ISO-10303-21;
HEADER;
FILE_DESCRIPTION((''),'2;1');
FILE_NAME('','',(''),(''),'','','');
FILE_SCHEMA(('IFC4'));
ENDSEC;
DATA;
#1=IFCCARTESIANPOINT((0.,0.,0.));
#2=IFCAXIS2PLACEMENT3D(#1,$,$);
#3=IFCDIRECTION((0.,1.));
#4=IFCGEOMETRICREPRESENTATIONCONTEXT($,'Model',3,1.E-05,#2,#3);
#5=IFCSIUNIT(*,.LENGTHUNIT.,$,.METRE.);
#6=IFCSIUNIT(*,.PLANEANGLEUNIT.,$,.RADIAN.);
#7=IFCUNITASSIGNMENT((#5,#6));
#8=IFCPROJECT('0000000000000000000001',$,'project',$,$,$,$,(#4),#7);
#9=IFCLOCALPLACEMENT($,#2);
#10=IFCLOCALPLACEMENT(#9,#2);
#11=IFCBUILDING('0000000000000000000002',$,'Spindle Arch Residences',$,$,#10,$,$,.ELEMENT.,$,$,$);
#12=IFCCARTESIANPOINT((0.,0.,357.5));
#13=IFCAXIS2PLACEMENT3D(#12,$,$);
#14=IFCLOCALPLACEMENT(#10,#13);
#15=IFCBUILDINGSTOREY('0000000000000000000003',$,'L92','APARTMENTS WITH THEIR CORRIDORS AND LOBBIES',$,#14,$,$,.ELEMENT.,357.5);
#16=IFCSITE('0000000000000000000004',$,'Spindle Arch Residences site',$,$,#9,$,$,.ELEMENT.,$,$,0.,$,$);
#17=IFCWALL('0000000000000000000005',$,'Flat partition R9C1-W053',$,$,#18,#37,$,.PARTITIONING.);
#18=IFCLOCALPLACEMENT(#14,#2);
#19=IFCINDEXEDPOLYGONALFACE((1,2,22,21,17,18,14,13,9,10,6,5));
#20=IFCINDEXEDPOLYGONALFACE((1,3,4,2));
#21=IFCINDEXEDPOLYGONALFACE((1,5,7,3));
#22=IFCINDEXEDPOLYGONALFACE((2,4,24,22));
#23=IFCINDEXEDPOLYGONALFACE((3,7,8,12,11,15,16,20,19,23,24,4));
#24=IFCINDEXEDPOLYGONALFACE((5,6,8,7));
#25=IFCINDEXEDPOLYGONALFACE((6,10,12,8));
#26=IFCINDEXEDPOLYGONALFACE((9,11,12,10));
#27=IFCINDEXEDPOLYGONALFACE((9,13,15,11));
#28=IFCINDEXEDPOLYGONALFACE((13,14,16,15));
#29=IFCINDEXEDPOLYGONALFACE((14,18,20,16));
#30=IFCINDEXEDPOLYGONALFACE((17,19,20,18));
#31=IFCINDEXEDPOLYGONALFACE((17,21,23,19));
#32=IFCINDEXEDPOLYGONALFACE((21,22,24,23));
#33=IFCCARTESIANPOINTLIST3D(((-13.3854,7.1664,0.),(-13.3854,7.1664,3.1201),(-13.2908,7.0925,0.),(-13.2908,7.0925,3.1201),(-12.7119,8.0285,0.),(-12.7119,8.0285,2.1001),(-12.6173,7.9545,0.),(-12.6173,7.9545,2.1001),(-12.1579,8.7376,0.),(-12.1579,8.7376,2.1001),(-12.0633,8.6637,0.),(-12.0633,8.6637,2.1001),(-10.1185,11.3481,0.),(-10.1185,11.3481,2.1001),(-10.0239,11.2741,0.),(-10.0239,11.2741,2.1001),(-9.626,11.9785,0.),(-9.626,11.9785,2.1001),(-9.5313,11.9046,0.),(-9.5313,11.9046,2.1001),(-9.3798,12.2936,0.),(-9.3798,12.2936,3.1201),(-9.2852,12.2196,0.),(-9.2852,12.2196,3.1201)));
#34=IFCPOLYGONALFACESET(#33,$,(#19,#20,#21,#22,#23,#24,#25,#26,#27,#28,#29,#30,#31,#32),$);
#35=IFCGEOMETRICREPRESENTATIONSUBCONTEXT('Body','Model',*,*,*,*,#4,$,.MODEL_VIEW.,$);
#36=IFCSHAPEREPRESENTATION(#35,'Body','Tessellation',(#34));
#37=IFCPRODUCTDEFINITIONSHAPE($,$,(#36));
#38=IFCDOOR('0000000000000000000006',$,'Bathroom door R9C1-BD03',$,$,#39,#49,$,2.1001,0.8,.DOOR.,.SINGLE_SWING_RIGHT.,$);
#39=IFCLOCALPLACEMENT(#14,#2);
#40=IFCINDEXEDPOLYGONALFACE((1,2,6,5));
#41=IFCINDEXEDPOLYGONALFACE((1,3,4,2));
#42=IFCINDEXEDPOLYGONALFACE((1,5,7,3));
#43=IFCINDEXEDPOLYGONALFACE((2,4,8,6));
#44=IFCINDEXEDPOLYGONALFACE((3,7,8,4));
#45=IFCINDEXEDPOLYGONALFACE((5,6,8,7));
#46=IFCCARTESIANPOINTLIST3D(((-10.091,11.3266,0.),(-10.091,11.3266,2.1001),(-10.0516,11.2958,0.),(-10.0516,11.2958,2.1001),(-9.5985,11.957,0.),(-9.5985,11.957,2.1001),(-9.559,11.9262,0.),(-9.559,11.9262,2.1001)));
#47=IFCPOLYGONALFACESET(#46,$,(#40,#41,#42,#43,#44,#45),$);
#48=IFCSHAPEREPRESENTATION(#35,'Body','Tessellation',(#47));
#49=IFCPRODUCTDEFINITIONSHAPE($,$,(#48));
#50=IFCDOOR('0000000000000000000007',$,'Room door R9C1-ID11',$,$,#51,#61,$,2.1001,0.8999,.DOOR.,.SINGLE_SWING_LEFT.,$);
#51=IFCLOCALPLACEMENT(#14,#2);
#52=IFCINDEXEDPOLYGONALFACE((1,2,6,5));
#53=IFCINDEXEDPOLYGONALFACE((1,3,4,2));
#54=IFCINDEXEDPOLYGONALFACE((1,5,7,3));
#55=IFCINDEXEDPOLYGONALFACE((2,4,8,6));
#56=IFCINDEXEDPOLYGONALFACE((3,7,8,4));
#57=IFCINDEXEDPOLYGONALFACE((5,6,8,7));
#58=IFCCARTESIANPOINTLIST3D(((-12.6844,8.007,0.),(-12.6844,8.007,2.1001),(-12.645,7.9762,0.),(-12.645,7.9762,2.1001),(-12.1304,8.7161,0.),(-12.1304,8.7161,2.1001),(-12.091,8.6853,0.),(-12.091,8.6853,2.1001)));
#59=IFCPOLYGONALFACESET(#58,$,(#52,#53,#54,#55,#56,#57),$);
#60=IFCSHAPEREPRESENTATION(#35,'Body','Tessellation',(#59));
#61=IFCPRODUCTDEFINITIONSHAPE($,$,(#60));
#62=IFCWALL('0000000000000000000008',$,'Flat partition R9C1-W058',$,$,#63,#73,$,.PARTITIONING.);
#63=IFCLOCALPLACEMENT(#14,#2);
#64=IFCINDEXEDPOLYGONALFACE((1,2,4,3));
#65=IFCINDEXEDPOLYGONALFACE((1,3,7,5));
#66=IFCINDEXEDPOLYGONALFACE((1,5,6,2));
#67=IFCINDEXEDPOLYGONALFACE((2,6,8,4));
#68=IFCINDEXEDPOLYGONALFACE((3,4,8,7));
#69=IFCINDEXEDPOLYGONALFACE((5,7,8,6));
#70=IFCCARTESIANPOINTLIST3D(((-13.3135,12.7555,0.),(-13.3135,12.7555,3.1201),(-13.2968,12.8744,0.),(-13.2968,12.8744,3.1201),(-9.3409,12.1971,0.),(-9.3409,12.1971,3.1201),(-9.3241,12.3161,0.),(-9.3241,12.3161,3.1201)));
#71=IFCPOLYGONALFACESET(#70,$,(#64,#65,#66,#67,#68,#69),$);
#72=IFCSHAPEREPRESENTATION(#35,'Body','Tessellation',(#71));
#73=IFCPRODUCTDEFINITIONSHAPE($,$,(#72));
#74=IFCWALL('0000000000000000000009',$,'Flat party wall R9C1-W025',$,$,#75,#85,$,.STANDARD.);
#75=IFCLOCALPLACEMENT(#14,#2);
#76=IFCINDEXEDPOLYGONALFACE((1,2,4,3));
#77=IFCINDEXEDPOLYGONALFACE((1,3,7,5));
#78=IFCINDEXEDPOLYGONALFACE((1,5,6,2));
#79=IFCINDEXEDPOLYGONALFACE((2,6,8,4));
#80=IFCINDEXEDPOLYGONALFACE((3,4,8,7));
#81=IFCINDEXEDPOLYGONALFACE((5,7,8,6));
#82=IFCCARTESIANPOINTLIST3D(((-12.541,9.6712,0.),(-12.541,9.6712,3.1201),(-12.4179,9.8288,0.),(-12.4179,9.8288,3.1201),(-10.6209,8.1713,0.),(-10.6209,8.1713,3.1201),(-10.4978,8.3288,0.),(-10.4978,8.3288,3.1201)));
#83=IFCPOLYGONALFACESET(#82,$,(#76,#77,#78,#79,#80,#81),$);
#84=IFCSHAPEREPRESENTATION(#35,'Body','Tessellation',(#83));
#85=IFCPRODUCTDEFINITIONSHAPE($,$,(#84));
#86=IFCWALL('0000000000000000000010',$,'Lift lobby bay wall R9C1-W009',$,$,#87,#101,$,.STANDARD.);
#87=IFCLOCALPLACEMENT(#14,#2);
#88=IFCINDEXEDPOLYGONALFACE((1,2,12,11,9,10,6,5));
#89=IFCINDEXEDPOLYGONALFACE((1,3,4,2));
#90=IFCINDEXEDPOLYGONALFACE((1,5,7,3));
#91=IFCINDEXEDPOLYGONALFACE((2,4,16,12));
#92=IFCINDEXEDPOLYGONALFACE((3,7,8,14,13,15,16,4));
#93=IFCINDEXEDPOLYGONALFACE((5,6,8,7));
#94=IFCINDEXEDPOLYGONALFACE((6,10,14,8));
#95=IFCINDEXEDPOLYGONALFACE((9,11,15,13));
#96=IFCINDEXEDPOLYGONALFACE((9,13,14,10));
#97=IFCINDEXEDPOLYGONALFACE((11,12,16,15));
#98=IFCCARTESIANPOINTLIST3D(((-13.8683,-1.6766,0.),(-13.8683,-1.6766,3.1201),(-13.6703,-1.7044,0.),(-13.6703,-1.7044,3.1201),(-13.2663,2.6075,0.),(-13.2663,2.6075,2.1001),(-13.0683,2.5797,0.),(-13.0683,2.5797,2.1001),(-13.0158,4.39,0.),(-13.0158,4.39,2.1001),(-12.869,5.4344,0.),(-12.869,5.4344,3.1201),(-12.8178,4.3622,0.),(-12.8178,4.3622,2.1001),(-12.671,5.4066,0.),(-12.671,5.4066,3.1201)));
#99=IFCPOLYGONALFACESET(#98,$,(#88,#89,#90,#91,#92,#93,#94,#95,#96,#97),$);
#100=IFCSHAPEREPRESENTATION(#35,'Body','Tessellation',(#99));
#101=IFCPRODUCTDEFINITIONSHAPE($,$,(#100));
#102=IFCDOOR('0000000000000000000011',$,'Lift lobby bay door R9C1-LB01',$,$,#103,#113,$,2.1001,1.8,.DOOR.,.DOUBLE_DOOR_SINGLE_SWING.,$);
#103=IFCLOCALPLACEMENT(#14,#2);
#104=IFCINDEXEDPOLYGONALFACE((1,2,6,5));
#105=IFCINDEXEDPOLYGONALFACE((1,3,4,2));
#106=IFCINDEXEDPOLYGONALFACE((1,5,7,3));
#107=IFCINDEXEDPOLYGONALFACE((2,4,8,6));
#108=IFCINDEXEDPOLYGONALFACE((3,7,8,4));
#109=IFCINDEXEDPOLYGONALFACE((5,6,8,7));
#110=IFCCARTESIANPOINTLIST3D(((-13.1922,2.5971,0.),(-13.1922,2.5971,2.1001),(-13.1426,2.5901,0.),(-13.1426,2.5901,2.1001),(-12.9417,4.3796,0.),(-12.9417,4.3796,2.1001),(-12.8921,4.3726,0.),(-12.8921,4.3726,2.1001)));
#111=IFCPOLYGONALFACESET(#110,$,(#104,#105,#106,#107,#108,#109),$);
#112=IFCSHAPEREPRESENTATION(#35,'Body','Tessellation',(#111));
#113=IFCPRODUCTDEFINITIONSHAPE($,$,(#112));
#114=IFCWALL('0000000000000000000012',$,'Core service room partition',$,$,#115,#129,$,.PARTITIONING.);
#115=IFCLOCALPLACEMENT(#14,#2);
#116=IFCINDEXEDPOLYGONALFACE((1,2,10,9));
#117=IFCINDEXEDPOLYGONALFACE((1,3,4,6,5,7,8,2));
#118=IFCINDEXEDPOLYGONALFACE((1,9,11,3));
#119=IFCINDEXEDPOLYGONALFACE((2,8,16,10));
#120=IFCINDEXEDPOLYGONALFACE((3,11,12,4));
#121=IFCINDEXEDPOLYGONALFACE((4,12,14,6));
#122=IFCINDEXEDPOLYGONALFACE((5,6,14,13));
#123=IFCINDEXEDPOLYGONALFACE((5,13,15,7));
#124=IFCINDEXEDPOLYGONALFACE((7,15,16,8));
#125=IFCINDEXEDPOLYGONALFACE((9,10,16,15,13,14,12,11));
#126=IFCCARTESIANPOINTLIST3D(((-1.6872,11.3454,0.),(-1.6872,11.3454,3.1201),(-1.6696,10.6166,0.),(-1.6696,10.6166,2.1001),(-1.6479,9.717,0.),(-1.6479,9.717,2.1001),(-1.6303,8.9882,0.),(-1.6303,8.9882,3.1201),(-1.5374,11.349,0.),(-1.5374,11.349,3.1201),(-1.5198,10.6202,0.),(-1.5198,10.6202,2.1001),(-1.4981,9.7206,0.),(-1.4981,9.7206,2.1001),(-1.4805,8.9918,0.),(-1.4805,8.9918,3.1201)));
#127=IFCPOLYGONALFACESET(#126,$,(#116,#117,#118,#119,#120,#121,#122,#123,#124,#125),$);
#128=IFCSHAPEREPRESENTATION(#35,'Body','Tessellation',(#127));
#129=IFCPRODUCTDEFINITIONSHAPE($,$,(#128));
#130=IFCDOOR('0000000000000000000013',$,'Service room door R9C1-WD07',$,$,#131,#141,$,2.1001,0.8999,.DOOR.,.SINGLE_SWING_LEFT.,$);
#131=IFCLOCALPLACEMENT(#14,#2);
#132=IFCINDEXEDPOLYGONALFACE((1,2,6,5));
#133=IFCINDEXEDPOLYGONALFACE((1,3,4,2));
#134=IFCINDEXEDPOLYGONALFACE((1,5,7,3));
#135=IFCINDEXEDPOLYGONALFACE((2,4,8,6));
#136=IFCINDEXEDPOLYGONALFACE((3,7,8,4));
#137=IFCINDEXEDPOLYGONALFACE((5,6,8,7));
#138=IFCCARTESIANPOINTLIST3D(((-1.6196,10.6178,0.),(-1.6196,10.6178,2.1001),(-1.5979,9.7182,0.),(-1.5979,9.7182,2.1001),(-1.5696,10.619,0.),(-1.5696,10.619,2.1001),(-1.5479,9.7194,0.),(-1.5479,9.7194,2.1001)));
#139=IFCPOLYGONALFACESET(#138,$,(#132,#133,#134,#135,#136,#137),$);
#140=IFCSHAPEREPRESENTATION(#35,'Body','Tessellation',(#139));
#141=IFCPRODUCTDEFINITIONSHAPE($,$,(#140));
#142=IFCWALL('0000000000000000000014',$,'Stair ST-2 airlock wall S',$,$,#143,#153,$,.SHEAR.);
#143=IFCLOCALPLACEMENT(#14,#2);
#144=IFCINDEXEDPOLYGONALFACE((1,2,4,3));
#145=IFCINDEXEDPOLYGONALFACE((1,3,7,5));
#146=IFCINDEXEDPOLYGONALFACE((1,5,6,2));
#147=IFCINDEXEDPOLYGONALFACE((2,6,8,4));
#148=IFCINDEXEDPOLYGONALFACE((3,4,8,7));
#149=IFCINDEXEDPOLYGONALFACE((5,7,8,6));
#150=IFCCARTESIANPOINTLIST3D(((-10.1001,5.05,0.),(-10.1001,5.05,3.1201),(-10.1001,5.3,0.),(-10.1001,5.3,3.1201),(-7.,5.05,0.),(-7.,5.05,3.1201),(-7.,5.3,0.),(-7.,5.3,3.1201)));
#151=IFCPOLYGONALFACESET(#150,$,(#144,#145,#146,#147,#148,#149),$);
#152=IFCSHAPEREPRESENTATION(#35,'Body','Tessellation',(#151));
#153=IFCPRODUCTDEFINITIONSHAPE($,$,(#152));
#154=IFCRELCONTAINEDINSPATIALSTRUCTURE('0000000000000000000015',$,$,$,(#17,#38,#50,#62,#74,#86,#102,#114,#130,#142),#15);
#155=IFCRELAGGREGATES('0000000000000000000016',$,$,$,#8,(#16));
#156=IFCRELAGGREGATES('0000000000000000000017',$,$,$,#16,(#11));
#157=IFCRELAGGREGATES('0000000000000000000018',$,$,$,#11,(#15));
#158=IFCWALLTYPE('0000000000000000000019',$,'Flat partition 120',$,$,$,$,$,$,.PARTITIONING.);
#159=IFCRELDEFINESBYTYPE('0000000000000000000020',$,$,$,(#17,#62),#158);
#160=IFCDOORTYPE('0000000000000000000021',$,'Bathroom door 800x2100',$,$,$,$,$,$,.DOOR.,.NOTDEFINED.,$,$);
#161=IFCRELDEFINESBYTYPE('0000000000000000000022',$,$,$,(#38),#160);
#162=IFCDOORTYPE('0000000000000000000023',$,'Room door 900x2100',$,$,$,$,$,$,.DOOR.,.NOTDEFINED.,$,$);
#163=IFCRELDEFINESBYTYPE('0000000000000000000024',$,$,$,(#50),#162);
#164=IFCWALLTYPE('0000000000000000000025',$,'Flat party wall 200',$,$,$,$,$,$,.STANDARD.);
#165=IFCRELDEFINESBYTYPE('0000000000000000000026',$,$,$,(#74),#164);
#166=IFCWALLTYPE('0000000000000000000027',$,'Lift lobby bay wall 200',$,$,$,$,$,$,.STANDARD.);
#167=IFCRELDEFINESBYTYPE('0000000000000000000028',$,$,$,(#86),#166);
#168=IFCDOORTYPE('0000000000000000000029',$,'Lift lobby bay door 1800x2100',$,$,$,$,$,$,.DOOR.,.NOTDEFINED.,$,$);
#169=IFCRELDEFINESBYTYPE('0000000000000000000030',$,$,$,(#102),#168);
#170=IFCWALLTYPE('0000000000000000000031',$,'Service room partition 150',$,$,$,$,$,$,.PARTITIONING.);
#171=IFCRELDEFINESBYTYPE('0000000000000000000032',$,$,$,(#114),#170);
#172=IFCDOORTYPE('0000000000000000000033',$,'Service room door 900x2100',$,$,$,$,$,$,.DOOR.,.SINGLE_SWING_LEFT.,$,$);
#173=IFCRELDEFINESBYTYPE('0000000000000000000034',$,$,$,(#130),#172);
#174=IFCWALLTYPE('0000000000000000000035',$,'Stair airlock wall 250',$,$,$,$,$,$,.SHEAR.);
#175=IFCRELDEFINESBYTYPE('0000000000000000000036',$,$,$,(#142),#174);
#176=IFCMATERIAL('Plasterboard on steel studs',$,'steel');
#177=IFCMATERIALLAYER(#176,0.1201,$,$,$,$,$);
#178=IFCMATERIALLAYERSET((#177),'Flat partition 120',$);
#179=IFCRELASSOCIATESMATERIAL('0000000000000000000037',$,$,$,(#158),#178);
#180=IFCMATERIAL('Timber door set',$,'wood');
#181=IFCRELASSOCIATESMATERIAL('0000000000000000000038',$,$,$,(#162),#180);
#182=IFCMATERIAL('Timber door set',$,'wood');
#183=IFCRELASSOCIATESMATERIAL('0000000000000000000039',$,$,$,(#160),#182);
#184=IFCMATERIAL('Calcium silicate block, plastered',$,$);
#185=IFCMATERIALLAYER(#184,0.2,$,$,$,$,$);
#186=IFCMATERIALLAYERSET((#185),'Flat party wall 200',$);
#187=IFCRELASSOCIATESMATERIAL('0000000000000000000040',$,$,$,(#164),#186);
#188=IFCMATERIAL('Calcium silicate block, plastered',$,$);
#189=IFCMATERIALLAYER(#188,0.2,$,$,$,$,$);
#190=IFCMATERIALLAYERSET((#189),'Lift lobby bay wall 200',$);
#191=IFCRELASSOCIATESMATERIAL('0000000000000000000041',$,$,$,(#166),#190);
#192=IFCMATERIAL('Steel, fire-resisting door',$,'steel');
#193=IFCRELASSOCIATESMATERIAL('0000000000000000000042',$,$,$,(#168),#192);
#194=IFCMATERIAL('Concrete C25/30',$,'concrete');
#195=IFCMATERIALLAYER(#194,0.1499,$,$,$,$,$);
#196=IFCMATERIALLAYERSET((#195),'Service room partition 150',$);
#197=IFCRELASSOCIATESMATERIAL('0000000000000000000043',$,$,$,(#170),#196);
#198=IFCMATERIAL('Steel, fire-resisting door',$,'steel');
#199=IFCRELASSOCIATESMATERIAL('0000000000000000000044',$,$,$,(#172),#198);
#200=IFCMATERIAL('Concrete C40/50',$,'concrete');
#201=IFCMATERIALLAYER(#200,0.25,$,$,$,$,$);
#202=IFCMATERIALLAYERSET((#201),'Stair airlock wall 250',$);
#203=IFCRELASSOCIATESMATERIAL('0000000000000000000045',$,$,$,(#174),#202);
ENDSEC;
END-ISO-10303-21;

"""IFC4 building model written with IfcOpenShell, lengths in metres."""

from ifc_helpers import new_model, si_unit, direction, frame, frame_2d, origin, place, context, subcontext, project, spatial, rectangle, extrude, material, layer, layer_set, type_object, element, fill, save


model = new_model("IFC4")

# Units and contexts
model_context = context("Model", 3, precision=1e-05, world=origin(), true_north=direction((0.0, 1.0)))
body_context = subcontext(model_context, "Body", "Model", "MODEL_VIEW")
ifc_project = project(units=[si_unit("LENGTHUNIT", "METRE"), si_unit("PLANEANGLEUNIT", "RADIAN")], contexts=[model_context])

# Site, building, storey
site_placement = place(None, origin())
site = spatial("IfcSite", under=ifc_project, at=site_placement, Name="Spindle Arch Residences site", CompositionType="ELEMENT", RefElevation=0.0)
building_placement = place(site_placement, origin())
building = spatial("IfcBuilding", under=site, at=building_placement, Name="Spindle Arch Residences", CompositionType="ELEMENT")
storey_placement = place(building_placement, frame((0.0, 0.0, 357.5)))
storey = spatial("IfcBuildingStorey", under=building, at=storey_placement, Name="L92", Description="APARTMENTS WITH THEIR CORRIDORS AND LOBBIES", CompositionType="ELEMENT", Elevation=357.5)

# Shared definitions
ifc_material_1 = material(Name="Plasterboard on steel studs", Category="steel")
ifc_layer_1 = layer(ifc_material_1, 0.1201)
ifc_layer_set_1 = layer_set([ifc_layer_1], Name="Flat partition 120")
wall_type_1 = type_object("IfcWallType", Name="Flat partition 120", PredefinedType="PARTITIONING", material=ifc_layer_set_1)
ifc_material_2 = material(Name="Timber door set", Category="wood")
door_type_1 = type_object("IfcDoorType", Name="Room door 900x2100", OperationType="NOTDEFINED", PredefinedType="DOOR", material=ifc_material_2)

# Wall, openings, doors
wall_1_placement = place(storey_placement, frame((-9.3325, 12.2566, 0.0), z_axis=(0.0, 0.0, 1.0), x_axis=(-0.615643, -0.788025, 0.0)))
wall_1 = element("IfcWall", 1, at=wall_1_placement, inside=storey, type_object=wall_type_1, Name="Flat partition R9C1-W053", PredefinedType="PARTITIONING", context=body_context, shape_type="SweptSolid", body=[
    extrude(rectangle(XDim=6.5063, YDim=0.1201, at=frame_2d((3.2532, 0.0))), origin(), (0.0, 0.0, 1.0), 3.1201),
])
opening_1_placement = place(wall_1_placement, frame((0.3999, 0.0, 0.0)))
opening_1 = element("IfcOpeningElement", 2, at=opening_1_placement, cuts=wall_1, PredefinedType="OPENING", context=body_context, shape_type="SweptSolid", body=[
    extrude(rectangle(XDim=0.8, YDim=2.1001, at=frame_2d((0.3999, 1.05))), frame((0.0, 0.0701, 0.0), z_axis=(0.0, -1.0, 0.0), x_axis=(1.0, 0.0, 0.0)), (0.0, 0.0, 1.0), 0.1401),
])
opening_2_placement = place(wall_1_placement, frame((4.5125, 0.0, 0.0)))
opening_2 = element("IfcOpeningElement", 3, at=opening_2_placement, cuts=wall_1, PredefinedType="OPENING", context=body_context, shape_type="SweptSolid", body=[
    extrude(rectangle(XDim=0.8999, YDim=2.1001, at=frame_2d((0.45, 1.05))), frame((0.0, 0.0701, 0.0), z_axis=(0.0, -1.0, 0.0), x_axis=(1.0, 0.0, 0.0)), (0.0, 0.0, 1.0), 0.1401),
])
ifc_material_3 = material(Name="Timber door set", Category="wood")
door_type_2 = type_object("IfcDoorType", Name="Bathroom door 800x2100", OperationType="NOTDEFINED", PredefinedType="DOOR", material=ifc_material_3)
door_1_placement = place(opening_1_placement, origin())
door_1 = element("IfcDoor", 4, at=door_1_placement, inside=storey, type_object=door_type_2, Name="Bathroom door R9C1-BD03", OperationType="SINGLE_SWING_RIGHT", OverallHeight=2.1001, OverallWidth=0.8, PredefinedType="DOOR", context=body_context, shape_type="SweptSolid", body=[
    extrude(rectangle(XDim=0.8, YDim=2.1001, at=frame_2d((0.3999, 1.05))), frame((0.0, 0.0249, 0.0), z_axis=(0.0, -1.0, 0.0), x_axis=(1.0, 0.0, 0.0)), (0.0, 0.0, 1.0), 0.05),
])
fill(opening_1, door_1)
door_2_placement = place(opening_2_placement, origin())
door_2 = element("IfcDoor", 5, at=door_2_placement, inside=storey, type_object=door_type_1, Name="Room door R9C1-ID11", OperationType="SINGLE_SWING_LEFT", OverallHeight=2.1001, OverallWidth=0.8999, PredefinedType="DOOR", context=body_context, shape_type="SweptSolid", body=[
    extrude(rectangle(XDim=0.8999, YDim=2.1001, at=frame_2d((0.45, 1.05))), frame((0.0, 0.0249, 0.0), z_axis=(0.0, -1.0, 0.0), x_axis=(1.0, 0.0, 0.0)), (0.0, 0.0, 1.0), 0.05),
])
fill(opening_2, door_2)

# Walls
wall_2_placement = place(storey_placement, frame((-13.3052, 12.8149, 0.0), z_axis=(0.0, 0.0, 1.0), x_axis=(0.990267, -0.13918, 0.0)))
element("IfcWall", 6, at=wall_2_placement, inside=storey, type_object=wall_type_1, Name="Flat partition R9C1-W058", PredefinedType="PARTITIONING", context=body_context, shape_type="SweptSolid", body=[
    extrude(rectangle(XDim=4.0117, YDim=0.1201, at=frame_2d((2.0059, 0.0))), origin(), (0.0, 0.0, 1.0), 3.1201),
])
ifc_material_4 = material(Name="Calcium silicate block, plastered")
ifc_layer_2 = layer(ifc_material_4, 0.2)
ifc_layer_set_2 = layer_set([ifc_layer_2], Name="Flat party wall 200")
wall_type_2 = type_object("IfcWallType", Name="Flat party wall 200", PredefinedType="STANDARD", material=ifc_layer_set_2)
wall_3_placement = place(storey_placement, frame((-12.4795, 9.75, 0.0), z_axis=(0.0, 0.0, 1.0), x_axis=(0.78805, -0.615611, 0.0)))
element("IfcWall", 7, at=wall_3_placement, inside=storey, type_object=wall_type_2, Name="Flat party wall R9C1-W025", PredefinedType="STANDARD", context=body_context, shape_type="SweptSolid", body=[
    extrude(rectangle(XDim=2.4365, YDim=0.2, at=frame_2d((1.2183, 0.0))), origin(), (0.0, 0.0, 1.0), 3.1201),
])

# Walls, openings, doors
ifc_material_5 = material(Name="Calcium silicate block, plastered")
ifc_layer_3 = layer(ifc_material_5, 0.2)
ifc_layer_set_3 = layer_set([ifc_layer_3], Name="Lift lobby bay wall 200")
wall_type_3 = type_object("IfcWallType", Name="Lift lobby bay wall 200", PredefinedType="STANDARD", material=ifc_layer_set_3)
wall_4_placement = place(storey_placement, frame((-12.77, 5.4204, 0.0), z_axis=(0.0, 0.0, 1.0), x_axis=(-0.139155, -0.990271, 0.0)))
wall_4 = element("IfcWall", 8, at=wall_4_placement, inside=storey, type_object=wall_type_3, Name="Lift lobby bay wall R9C1-W009", PredefinedType="STANDARD", context=body_context, shape_type="SweptSolid", body=[
    extrude(rectangle(XDim=7.1809, YDim=0.2, at=frame_2d((3.5903, 0.0))), origin(), (0.0, 0.0, 1.0), 3.1201),
])
opening_3_placement = place(wall_4_placement, frame((1.0547, 0.0, 0.0)))
opening_3 = element("IfcOpeningElement", 9, at=opening_3_placement, cuts=wall_4, PredefinedType="OPENING", context=body_context, shape_type="SweptSolid", body=[
    extrude(rectangle(XDim=1.8, YDim=2.1001, at=frame_2d((0.8999, 1.05))), frame((0.0, 0.1099, 0.0), z_axis=(0.0, -1.0, 0.0), x_axis=(1.0, 0.0, 0.0)), (0.0, 0.0, 1.0), 0.22),
])
ifc_material_6 = material(Name="Steel, fire-resisting door", Category="steel")
door_type_3 = type_object("IfcDoorType", Name="Lift lobby bay door 1800x2100", OperationType="NOTDEFINED", PredefinedType="DOOR", material=ifc_material_6)
door_3_placement = place(opening_3_placement, origin())
door_3 = element("IfcDoor", 10, at=door_3_placement, inside=storey, type_object=door_type_3, Name="Lift lobby bay door R9C1-LB01", OperationType="DOUBLE_DOOR_SINGLE_SWING", OverallHeight=2.1001, OverallWidth=1.8, PredefinedType="DOOR", context=body_context, shape_type="SweptSolid", body=[
    extrude(rectangle(XDim=1.8, YDim=2.1001, at=frame_2d((0.8999, 1.05))), frame((0.0, 0.0249, 0.0), z_axis=(0.0, -1.0, 0.0), x_axis=(1.0, 0.0, 0.0)), (0.0, 0.0, 1.0), 0.05),
])
fill(opening_3, door_3)
ifc_material_7 = material(Name="Concrete C25/30", Category="concrete")
ifc_layer_4 = layer(ifc_material_7, 0.1499)
ifc_layer_set_4 = layer_set([ifc_layer_4], Name="Service room partition 150")
wall_type_4 = type_object("IfcWallType", Name="Service room partition 150", PredefinedType="PARTITIONING", material=ifc_layer_set_4)
wall_5_placement = place(storey_placement, frame((-1.5554, 8.99, 0.0), z_axis=(0.0, 0.0, 1.0), x_axis=(-0.024126, 0.999709, 0.0)))
wall_5 = element("IfcWall", 11, at=wall_5_placement, inside=storey, type_object=wall_type_4, Name="Core service room partition", PredefinedType="PARTITIONING", context=body_context, shape_type="SweptSolid", body=[
    extrude(rectangle(XDim=2.3579, YDim=0.1499, at=frame_2d((1.179, 0.0))), origin(), (0.0, 0.0, 1.0), 3.1201),
])
opening_4_placement = place(wall_5_placement, frame((0.729, 0.0, 0.0)))
opening_4 = element("IfcOpeningElement", 12, at=opening_4_placement, cuts=wall_5, PredefinedType="OPENING", context=body_context, shape_type="SweptSolid", body=[
    extrude(rectangle(XDim=0.8999, YDim=2.1001, at=frame_2d((0.45, 1.05))), frame((0.0, 0.085, 0.0), z_axis=(0.0, -1.0, 0.0), x_axis=(1.0, 0.0, 0.0)), (0.0, 0.0, 1.0), 0.1699),
])
ifc_material_8 = material(Name="Steel, fire-resisting door", Category="steel")
door_type_4 = type_object("IfcDoorType", Name="Service room door 900x2100", OperationType="SINGLE_SWING_LEFT", PredefinedType="DOOR", material=ifc_material_8)
door_4_placement = place(opening_4_placement, origin())
door_4 = element("IfcDoor", 13, at=door_4_placement, inside=storey, type_object=door_type_4, Name="Service room door R9C1-WD07", OperationType="SINGLE_SWING_LEFT", OverallHeight=2.1001, OverallWidth=0.8999, PredefinedType="DOOR", context=body_context, shape_type="SweptSolid", body=[
    extrude(rectangle(XDim=0.8999, YDim=2.1001, at=frame_2d((0.45, 1.05))), frame((0.0, 0.0249, 0.0), z_axis=(0.0, -1.0, 0.0), x_axis=(1.0, 0.0, 0.0)), (0.0, 0.0, 1.0), 0.05),
])
fill(opening_4, door_4)

# Wall
ifc_material_9 = material(Name="Concrete C40/50", Category="concrete")
ifc_layer_5 = layer(ifc_material_9, 0.25)
ifc_layer_set_5 = layer_set([ifc_layer_5], Name="Stair airlock wall 250")
wall_type_5 = type_object("IfcWallType", Name="Stair airlock wall 250", PredefinedType="SHEAR", material=ifc_layer_set_5)
wall_6_placement = place(storey_placement, frame((-7.0, 5.175, 0.0), z_axis=(0.0, 0.0, 1.0), x_axis=(-1.0, 0.0, 0.0)))
element("IfcWall", 14, at=wall_6_placement, inside=storey, type_object=wall_type_5, Name="Stair ST-2 airlock wall S", PredefinedType="SHEAR", context=body_context, shape_type="SweptSolid", body=[
    extrude(rectangle(XDim=3.1001, YDim=0.25, at=frame_2d((1.55, 0.0))), origin(), (0.0, 0.0, 1.0), 3.1201),
])

save(model, "model.ifc")
